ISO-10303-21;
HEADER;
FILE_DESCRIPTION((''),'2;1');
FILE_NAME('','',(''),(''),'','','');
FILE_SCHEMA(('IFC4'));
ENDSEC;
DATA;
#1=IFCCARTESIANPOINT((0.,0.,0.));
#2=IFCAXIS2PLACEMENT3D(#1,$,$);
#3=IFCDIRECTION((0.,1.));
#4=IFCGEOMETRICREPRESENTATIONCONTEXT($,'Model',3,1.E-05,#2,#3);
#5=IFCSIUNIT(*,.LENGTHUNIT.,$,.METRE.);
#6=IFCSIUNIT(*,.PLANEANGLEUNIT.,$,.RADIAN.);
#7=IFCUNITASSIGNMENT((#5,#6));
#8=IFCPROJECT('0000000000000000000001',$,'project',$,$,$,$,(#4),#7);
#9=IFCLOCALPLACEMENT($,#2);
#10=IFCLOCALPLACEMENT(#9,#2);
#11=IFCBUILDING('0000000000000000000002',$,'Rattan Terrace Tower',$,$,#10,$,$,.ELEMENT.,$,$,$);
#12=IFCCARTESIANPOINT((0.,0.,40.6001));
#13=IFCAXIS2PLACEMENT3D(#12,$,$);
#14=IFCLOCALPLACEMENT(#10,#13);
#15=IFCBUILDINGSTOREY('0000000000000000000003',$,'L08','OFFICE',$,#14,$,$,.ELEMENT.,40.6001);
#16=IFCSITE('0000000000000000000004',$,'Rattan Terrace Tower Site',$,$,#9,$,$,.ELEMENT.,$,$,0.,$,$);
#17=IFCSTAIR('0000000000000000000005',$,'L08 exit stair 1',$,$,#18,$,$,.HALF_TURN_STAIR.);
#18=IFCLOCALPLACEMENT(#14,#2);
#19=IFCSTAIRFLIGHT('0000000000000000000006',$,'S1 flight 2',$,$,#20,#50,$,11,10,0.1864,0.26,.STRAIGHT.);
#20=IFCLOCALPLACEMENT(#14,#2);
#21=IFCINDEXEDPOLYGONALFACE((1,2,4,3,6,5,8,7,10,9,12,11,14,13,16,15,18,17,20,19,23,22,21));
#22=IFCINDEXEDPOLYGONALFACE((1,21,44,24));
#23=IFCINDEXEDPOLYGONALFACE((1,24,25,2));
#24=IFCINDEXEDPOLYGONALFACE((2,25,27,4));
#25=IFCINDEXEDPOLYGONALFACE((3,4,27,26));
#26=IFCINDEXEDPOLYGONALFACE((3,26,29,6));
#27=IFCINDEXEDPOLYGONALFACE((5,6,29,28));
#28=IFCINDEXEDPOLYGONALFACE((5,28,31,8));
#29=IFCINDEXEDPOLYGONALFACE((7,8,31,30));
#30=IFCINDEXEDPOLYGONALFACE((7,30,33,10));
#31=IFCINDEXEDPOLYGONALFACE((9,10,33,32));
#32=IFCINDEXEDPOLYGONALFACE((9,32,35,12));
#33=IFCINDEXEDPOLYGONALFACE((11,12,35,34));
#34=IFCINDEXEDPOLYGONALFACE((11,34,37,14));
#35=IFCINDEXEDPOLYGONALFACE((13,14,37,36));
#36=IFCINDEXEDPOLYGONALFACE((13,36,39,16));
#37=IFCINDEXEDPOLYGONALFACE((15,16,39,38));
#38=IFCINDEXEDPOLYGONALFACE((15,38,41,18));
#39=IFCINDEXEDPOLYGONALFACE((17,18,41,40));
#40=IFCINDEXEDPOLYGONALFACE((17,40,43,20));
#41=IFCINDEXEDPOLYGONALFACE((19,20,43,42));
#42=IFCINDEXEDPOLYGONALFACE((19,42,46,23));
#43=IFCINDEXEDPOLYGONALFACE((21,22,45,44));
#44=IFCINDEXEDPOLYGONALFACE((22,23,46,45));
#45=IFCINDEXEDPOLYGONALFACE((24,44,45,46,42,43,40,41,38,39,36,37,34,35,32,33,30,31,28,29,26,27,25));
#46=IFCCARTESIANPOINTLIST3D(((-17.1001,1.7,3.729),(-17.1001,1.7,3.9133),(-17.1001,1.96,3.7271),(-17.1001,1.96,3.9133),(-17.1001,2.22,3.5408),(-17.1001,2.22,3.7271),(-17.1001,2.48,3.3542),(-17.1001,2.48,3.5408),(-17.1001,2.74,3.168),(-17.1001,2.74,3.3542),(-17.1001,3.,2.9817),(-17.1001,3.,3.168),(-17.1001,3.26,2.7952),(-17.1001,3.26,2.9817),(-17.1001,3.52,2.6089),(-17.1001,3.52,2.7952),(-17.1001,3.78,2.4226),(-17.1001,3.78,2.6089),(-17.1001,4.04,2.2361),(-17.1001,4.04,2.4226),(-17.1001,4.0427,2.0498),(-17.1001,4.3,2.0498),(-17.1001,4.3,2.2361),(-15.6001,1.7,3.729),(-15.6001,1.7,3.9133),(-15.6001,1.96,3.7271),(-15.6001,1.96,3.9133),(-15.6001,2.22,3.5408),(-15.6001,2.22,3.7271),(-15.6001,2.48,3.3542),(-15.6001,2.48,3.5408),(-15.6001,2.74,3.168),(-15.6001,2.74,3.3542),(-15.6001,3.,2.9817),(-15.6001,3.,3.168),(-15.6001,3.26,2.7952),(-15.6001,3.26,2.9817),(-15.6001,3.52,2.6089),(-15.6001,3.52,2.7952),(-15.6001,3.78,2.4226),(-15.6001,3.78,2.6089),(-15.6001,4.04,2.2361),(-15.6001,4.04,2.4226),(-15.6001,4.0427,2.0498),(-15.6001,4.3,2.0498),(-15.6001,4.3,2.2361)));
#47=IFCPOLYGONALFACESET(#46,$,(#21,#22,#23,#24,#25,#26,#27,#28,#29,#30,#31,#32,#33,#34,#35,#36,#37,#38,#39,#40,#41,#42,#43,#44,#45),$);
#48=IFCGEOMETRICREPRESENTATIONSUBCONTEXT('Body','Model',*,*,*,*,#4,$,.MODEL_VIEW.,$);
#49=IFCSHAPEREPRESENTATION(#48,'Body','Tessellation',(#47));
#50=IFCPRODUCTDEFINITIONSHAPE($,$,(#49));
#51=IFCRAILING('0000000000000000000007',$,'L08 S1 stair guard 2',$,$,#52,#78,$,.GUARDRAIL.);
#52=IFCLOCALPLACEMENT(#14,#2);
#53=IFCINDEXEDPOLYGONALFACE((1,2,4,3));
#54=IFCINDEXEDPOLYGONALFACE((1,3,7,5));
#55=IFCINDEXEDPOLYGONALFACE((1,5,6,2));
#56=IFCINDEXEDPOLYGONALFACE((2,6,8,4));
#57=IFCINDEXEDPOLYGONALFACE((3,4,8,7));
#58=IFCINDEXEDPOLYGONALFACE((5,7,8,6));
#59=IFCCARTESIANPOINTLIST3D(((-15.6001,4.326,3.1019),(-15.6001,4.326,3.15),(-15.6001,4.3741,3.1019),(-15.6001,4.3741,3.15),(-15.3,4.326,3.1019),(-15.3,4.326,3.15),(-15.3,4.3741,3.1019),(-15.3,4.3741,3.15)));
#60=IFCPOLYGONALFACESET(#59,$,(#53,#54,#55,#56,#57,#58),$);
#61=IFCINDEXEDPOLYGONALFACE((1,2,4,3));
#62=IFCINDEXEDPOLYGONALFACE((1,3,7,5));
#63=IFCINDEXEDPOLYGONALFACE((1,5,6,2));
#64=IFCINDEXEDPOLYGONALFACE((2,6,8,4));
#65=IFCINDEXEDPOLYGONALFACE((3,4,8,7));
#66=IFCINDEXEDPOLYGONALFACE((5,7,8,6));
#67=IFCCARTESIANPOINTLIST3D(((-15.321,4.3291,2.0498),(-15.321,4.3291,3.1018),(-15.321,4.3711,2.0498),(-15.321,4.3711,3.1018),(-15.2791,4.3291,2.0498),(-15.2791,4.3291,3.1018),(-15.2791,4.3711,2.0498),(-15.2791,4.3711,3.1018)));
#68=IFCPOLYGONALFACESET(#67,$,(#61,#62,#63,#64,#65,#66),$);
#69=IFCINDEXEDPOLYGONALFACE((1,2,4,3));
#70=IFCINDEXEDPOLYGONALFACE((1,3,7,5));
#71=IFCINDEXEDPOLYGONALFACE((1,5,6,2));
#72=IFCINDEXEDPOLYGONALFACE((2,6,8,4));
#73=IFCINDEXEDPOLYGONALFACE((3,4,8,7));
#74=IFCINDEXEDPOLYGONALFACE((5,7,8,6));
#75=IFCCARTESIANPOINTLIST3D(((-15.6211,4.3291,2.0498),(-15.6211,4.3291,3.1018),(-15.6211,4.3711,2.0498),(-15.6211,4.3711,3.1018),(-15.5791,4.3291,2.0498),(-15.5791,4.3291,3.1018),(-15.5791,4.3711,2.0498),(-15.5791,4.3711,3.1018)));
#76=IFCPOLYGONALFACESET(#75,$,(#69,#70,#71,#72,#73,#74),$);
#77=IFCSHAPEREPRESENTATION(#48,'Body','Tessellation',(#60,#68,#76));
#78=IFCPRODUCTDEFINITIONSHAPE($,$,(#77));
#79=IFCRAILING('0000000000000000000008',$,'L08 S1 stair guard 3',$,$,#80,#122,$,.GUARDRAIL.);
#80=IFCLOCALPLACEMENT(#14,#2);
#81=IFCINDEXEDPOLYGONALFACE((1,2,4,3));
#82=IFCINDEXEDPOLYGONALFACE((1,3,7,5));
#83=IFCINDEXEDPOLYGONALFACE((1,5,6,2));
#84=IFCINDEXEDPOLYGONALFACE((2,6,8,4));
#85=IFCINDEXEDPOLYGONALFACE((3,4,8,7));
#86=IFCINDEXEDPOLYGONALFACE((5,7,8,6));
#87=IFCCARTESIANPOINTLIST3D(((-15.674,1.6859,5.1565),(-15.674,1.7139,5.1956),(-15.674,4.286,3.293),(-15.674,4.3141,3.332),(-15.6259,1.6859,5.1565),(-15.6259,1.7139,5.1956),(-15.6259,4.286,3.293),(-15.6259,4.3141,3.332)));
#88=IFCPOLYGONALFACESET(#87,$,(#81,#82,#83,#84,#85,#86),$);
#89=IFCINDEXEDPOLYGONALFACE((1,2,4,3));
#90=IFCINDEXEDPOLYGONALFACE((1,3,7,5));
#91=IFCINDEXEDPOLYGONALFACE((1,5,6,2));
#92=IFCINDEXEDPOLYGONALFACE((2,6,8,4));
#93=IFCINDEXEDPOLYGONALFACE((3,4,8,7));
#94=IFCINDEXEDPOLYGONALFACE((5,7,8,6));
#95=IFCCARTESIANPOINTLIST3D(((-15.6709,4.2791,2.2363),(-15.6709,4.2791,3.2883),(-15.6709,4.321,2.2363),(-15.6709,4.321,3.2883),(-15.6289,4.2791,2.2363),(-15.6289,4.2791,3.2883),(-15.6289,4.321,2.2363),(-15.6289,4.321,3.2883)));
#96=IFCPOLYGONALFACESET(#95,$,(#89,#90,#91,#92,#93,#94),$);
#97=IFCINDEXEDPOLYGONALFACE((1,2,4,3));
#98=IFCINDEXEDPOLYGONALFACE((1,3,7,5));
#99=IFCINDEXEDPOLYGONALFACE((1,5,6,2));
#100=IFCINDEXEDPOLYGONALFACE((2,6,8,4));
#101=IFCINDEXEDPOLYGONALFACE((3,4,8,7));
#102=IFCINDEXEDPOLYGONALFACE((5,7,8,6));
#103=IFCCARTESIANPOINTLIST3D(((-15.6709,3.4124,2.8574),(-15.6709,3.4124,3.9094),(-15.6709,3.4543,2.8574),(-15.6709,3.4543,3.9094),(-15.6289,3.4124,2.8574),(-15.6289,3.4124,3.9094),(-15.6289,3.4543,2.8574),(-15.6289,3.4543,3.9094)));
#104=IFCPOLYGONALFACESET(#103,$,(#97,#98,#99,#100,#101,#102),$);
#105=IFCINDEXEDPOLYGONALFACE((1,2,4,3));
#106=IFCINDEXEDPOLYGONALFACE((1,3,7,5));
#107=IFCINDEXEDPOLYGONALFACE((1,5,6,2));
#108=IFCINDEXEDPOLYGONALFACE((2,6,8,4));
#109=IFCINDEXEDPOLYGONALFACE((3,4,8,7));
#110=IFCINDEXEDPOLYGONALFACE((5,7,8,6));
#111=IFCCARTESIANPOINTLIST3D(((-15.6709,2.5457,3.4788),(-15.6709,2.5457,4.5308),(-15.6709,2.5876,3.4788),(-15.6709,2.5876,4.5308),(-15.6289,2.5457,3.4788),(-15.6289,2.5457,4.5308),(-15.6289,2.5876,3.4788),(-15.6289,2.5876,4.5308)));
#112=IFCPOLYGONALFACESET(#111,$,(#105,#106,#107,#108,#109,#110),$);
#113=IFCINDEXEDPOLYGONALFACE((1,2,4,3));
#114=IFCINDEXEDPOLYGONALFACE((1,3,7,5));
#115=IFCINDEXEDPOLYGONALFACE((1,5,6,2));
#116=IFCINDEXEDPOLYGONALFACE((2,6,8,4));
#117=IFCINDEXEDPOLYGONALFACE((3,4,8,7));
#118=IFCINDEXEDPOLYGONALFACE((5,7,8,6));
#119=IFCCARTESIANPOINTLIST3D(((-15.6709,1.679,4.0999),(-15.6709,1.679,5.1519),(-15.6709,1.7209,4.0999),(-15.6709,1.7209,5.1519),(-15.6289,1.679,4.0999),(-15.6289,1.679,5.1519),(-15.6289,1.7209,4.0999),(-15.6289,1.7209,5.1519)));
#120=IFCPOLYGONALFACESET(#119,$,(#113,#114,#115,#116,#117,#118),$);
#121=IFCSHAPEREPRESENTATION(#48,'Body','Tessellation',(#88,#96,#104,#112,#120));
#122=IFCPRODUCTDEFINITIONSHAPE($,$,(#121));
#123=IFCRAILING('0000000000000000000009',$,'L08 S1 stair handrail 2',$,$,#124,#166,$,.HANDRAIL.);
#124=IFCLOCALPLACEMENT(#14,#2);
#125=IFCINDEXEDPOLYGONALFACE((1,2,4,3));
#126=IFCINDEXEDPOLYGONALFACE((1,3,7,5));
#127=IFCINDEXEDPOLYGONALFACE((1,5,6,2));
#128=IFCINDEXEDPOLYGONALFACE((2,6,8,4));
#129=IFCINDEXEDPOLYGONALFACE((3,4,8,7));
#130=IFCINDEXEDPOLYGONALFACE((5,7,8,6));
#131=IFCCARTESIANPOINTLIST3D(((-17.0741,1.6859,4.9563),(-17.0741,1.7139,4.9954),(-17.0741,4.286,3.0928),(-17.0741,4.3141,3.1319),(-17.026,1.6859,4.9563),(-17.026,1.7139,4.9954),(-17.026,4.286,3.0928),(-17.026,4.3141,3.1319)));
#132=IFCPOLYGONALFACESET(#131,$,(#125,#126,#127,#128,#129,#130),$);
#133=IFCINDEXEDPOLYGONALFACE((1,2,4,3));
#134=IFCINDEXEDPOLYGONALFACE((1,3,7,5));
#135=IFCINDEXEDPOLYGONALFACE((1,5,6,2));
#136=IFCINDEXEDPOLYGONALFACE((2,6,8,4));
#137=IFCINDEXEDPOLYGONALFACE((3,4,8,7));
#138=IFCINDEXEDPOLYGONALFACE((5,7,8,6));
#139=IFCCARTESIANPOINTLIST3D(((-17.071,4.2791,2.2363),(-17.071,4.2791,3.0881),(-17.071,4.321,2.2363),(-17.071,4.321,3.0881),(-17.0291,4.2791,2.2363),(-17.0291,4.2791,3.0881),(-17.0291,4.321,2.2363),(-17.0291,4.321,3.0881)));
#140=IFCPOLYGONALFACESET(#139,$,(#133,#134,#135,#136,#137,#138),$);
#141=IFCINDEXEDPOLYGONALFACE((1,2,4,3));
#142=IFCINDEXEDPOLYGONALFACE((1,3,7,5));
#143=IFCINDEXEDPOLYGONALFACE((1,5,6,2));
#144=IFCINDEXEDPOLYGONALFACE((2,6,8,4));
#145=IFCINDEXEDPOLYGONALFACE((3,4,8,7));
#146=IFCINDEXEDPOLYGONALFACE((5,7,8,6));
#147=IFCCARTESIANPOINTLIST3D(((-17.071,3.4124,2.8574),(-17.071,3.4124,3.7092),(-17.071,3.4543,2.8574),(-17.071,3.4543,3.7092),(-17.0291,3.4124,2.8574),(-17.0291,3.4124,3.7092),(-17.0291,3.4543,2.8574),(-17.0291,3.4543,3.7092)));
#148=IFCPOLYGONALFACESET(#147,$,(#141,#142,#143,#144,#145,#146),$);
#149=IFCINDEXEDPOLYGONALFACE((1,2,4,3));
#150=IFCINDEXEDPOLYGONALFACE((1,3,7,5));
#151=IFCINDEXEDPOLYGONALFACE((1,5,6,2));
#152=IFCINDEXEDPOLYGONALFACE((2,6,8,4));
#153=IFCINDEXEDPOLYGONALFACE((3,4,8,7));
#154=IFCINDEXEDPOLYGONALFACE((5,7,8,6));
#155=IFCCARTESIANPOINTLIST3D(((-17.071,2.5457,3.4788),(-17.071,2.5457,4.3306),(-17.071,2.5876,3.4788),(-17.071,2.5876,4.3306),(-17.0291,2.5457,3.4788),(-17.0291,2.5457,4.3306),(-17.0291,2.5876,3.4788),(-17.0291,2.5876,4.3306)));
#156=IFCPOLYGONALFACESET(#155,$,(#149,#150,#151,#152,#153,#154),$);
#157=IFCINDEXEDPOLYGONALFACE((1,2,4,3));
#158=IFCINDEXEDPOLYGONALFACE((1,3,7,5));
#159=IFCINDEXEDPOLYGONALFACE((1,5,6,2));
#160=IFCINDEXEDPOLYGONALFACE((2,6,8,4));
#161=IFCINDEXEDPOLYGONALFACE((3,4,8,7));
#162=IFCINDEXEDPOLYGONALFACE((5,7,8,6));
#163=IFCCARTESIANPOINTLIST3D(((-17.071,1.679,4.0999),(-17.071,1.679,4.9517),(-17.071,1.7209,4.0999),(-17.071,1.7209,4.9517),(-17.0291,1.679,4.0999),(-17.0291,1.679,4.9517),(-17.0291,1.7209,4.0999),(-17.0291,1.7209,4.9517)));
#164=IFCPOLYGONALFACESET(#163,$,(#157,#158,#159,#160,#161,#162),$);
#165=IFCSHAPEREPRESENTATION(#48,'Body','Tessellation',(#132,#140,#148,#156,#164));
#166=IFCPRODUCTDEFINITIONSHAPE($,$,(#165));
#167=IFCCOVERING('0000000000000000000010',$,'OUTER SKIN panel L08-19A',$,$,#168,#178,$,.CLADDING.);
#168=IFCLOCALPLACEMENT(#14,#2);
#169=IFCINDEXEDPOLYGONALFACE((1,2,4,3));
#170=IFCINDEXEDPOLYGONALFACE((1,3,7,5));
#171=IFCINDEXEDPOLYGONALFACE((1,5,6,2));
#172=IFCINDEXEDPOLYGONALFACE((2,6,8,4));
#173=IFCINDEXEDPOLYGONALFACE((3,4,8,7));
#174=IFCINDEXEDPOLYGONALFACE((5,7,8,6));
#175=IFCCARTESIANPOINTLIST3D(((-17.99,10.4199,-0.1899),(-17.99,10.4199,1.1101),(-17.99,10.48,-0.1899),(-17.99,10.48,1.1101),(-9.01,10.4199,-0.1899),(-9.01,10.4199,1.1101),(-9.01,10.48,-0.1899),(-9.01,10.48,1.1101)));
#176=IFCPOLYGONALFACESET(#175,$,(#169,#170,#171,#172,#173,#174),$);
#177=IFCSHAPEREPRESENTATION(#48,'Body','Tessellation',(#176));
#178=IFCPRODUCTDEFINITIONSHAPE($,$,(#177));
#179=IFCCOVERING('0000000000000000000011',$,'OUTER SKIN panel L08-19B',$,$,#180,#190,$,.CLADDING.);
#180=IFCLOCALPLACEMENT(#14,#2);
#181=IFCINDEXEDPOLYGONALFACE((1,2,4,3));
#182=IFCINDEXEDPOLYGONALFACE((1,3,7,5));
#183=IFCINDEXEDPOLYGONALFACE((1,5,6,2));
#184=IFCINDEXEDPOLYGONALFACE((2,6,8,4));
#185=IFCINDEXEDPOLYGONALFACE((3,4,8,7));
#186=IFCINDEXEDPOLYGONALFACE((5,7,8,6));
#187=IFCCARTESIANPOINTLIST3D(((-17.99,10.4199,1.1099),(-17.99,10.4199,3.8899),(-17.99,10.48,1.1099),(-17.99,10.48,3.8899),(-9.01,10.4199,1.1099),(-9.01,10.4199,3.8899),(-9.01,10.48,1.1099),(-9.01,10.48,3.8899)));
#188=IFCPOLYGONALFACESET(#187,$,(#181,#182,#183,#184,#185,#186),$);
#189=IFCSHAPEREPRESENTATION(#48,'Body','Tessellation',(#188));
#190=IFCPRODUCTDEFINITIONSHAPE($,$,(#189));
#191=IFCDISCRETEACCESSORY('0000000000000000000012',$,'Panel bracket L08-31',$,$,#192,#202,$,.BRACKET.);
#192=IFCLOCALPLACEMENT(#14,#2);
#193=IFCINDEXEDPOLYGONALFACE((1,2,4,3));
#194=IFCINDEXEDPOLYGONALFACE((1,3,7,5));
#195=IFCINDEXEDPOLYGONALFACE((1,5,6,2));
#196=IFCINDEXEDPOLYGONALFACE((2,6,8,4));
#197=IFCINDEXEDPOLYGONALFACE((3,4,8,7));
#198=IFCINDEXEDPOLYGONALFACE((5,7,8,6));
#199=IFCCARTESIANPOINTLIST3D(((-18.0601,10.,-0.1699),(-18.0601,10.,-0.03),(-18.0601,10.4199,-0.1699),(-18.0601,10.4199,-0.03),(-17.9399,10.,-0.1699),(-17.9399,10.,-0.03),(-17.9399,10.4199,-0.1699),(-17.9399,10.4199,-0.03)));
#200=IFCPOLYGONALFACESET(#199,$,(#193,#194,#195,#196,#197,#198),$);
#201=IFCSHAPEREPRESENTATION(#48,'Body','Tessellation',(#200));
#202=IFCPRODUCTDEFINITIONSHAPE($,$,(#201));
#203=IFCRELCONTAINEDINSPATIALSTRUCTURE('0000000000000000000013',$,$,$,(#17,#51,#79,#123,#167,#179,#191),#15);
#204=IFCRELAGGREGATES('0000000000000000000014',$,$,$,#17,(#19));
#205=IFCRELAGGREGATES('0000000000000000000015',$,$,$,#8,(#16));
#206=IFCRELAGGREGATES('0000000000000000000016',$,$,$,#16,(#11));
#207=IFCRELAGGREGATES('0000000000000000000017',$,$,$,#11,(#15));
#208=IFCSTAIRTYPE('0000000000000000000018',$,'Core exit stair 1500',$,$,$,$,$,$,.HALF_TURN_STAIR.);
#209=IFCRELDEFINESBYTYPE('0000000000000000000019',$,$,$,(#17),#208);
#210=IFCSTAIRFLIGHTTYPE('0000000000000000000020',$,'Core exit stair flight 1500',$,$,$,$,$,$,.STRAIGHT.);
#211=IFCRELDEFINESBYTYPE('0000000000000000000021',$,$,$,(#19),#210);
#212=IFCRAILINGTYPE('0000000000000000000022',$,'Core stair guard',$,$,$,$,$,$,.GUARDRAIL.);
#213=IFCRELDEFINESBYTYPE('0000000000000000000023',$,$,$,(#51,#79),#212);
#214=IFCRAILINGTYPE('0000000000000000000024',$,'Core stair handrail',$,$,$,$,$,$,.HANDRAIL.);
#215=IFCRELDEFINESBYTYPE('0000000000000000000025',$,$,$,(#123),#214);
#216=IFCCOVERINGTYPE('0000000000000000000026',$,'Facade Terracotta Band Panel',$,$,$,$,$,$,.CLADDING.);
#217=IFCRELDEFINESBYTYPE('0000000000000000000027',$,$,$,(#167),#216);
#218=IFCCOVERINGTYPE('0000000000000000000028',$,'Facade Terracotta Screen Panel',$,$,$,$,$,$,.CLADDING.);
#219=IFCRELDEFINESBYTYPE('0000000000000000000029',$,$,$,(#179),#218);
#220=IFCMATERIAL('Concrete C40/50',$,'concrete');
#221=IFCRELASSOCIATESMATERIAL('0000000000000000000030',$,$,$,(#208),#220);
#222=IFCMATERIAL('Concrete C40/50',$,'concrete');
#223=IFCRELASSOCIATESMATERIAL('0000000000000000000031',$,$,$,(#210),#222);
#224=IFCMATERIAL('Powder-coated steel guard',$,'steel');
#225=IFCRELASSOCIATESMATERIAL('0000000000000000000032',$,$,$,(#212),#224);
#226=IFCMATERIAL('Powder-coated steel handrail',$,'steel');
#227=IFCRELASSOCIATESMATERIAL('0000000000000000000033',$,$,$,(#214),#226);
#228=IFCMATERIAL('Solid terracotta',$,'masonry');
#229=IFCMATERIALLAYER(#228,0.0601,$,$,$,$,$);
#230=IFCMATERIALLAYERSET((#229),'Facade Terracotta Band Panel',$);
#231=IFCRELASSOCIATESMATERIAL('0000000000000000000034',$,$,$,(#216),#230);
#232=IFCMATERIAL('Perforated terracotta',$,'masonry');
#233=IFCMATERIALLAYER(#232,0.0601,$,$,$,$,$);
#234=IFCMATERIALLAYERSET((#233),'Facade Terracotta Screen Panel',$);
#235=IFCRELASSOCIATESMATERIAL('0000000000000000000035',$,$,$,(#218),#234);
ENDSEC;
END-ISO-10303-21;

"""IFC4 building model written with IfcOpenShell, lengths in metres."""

from ifc_helpers import new_model, si_unit, direction, frame, origin, origin_2d, place, context, subcontext, project, spatial, polyline, rectangle, outline, extrude, material, layer, layer_set, type_object, element, aggregate, save


model = new_model("IFC4")

# Units and contexts
model_context = context("Model", 3, precision=1e-05, world=origin(), true_north=direction((0.0, 1.0)))
body_context = subcontext(model_context, "Body", "Model", "MODEL_VIEW")
ifc_project = project(units=[si_unit("LENGTHUNIT", "METRE"), si_unit("PLANEANGLEUNIT", "RADIAN")], contexts=[model_context])

# Site, building, storey
site_placement = place(None, origin())
site = spatial("IfcSite", under=ifc_project, at=site_placement, Name="Rattan Terrace Tower Site", CompositionType="ELEMENT", RefElevation=0.0)
building_placement = place(site_placement, origin())
building = spatial("IfcBuilding", under=site, at=building_placement, Name="Rattan Terrace Tower", CompositionType="ELEMENT")
storey_placement = place(building_placement, frame((0.0, 0.0, 40.6001)))
storey = spatial("IfcBuildingStorey", under=building, at=storey_placement, Name="L08", Description="OFFICE", CompositionType="ELEMENT", Elevation=40.6001)

# Stair, stair flight
ifc_material_1 = material(Name="Concrete C40/50", Category="concrete")
stair_type = type_object("IfcStairType", Name="Core exit stair 1500", PredefinedType="HALF_TURN_STAIR", material=ifc_material_1)
stair_placement = place(storey_placement, origin())
stair = element("IfcStair", 1, at=stair_placement, inside=storey, type_object=stair_type, Name="L08 exit stair 1", PredefinedType="HALF_TURN_STAIR")
ifc_material_2 = material(Name="Concrete C40/50", Category="concrete")
stair_flight_type = type_object("IfcStairFlightType", Name="Core exit stair flight 1500", PredefinedType="STRAIGHT", material=ifc_material_2)
stair_flight_placement = place(storey_placement, frame((-16.3501, 4.3, 2.0498), z_axis=(0.0, 0.0, 1.0), x_axis=(0.0, -1.0, 0.0)))
stair_flight = element("IfcStairFlight", 2, at=stair_flight_placement, type_object=stair_flight_type, Name="S1 flight 2", NumberOfRisers=11, NumberOfTreads=10, PredefinedType="STRAIGHT", RiserHeight=0.1864, TreadLength=0.26, context=body_context, shape_type="SweptSolid", body=[
    extrude(outline(polyline([(0.0, 0.0), (0.0, 0.1863), (0.26, 0.1863), (0.26, 0.3728), (0.52, 0.3728), (0.52, 0.5591), (0.78, 0.5591), (0.78, 0.7454), (1.04, 0.7454), (1.04, 0.9319), (1.3, 0.9319), (1.3, 1.1182), (1.5601, 1.1182), (1.5601, 1.3044), (1.8201, 1.3044), (1.8201, 1.491), (2.0801, 1.491), (2.0801, 1.6772), (2.3401, 1.6772), (2.3401, 1.8635), (2.6001, 1.8635), (2.6001, 2.05), (2.6001, 1.6792), (0.2573, 0.0), (0.0, 0.0)])), frame((0.0, 0.75, 0.0), z_axis=(0.0, -1.0, 0.0), x_axis=(1.0, 0.0, 0.0)), (0.0, 0.0, 1.0), 1.5),
])
aggregate(stair, [stair_flight])

# Railings
ifc_material_3 = material(Name="Powder-coated steel guard", Category="steel")
railing_type_1 = type_object("IfcRailingType", Name="Core stair guard", PredefinedType="GUARDRAIL", material=ifc_material_3)
railing_1_placement = place(storey_placement, frame((-15.3, 4.3501, 2.0498)))
element("IfcRailing", 3, at=railing_1_placement, inside=storey, type_object=railing_type_1, Name="L08 S1 stair guard 2", PredefinedType="GUARDRAIL", context=body_context, shape_type="SweptSolid", body=[
    extrude(rectangle(XDim=0.0481, YDim=0.0481, at=origin_2d()), frame((0.0, 0.0, 1.0762), z_axis=(-1.0, 0.0, 0.0), x_axis=(0.0, -1.0, 0.0)), (0.0, 0.0, 1.0), 0.3),
    extrude(rectangle(XDim=0.042, YDim=0.042, at=origin_2d()), origin(), (0.0, 0.0, 1.0), 1.052),
    extrude(rectangle(XDim=0.042, YDim=0.042, at=origin_2d()), frame((-0.3, 0.0, 0.0)), (0.0, 0.0, 1.0), 1.052),
])
railing_2_placement = place(storey_placement, frame((-15.6499, 4.3, 2.2363)))
element("IfcRailing", 4, at=railing_2_placement, inside=storey, type_object=railing_type_1, Name="L08 S1 stair guard 3", PredefinedType="GUARDRAIL", context=body_context, shape_type="SweptSolid", body=[
    extrude(rectangle(XDim=0.0481, YDim=0.0481, at=origin_2d()), frame((0.0, 0.0, 1.0762), z_axis=(0.0, -0.812799, 0.582544), x_axis=(1.0, 0.0, 0.0)), (0.0, 0.0, 1.0), 3.199),
    extrude(rectangle(XDim=0.042, YDim=0.042, at=origin_2d()), origin(), (0.0, 0.0, 1.0), 1.052),
    extrude(rectangle(XDim=0.042, YDim=0.042, at=origin_2d()), frame((0.0, -0.8667, 0.6211)), (0.0, 0.0, 1.0), 1.052),
    extrude(rectangle(XDim=0.042, YDim=0.042, at=origin_2d()), frame((0.0, -1.7334, 1.2424)), (0.0, 0.0, 1.0), 1.052),
    extrude(rectangle(XDim=0.042, YDim=0.042, at=origin_2d()), frame((0.0, -2.6001, 1.8635)), (0.0, 0.0, 1.0), 1.052),
])
ifc_material_4 = material(Name="Powder-coated steel handrail", Category="steel")
railing_type_2 = type_object("IfcRailingType", Name="Core stair handrail", PredefinedType="HANDRAIL", material=ifc_material_4)
railing_3_placement = place(storey_placement, frame((-17.05, 4.3, 2.2363)))
element("IfcRailing", 5, at=railing_3_placement, inside=storey, type_object=railing_type_2, Name="L08 S1 stair handrail 2", PredefinedType="HANDRAIL", context=body_context, shape_type="SweptSolid", body=[
    extrude(rectangle(XDim=0.0481, YDim=0.0481, at=origin_2d()), frame((0.0, 0.0, 0.876), z_axis=(0.0, -0.812799, 0.582544), x_axis=(1.0, 0.0, 0.0)), (0.0, 0.0, 1.0), 3.199),
    extrude(rectangle(XDim=0.042, YDim=0.042, at=origin_2d()), origin(), (0.0, 0.0, 1.0), 0.8518),
    extrude(rectangle(XDim=0.042, YDim=0.042, at=origin_2d()), frame((0.0, -0.8667, 0.6211)), (0.0, 0.0, 1.0), 0.8518),
    extrude(rectangle(XDim=0.042, YDim=0.042, at=origin_2d()), frame((0.0, -1.7334, 1.2424)), (0.0, 0.0, 1.0), 0.8518),
    extrude(rectangle(XDim=0.042, YDim=0.042, at=origin_2d()), frame((0.0, -2.6001, 1.8635)), (0.0, 0.0, 1.0), 0.8518),
])

# Coverings
ifc_material_5 = material(Name="Solid terracotta", Category="masonry")
ifc_layer_1 = layer(ifc_material_5, 0.0601)
ifc_layer_set_1 = layer_set([ifc_layer_1], Name="Facade Terracotta Band Panel")
covering_type_1 = type_object("IfcCoveringType", Name="Facade Terracotta Band Panel", PredefinedType="CLADDING", material=ifc_layer_set_1)
covering_1_placement = place(storey_placement, frame((-13.5, 10.45, -0.1899), z_axis=(0.0, 0.0, 1.0), x_axis=(-1.0, 0.0, 0.0)))
element("IfcCovering", 6, at=covering_1_placement, inside=storey, type_object=covering_type_1, Name="OUTER SKIN panel L08-19A", PredefinedType="CLADDING", context=body_context, shape_type="SweptSolid", body=[
    extrude(rectangle(XDim=8.98, YDim=0.0601, at=origin_2d()), origin(), (0.0, 0.0, 1.0), 1.3),
])
ifc_material_6 = material(Name="Perforated terracotta", Category="masonry")
ifc_layer_2 = layer(ifc_material_6, 0.0601)
ifc_layer_set_2 = layer_set([ifc_layer_2], Name="Facade Terracotta Screen Panel")
covering_type_2 = type_object("IfcCoveringType", Name="Facade Terracotta Screen Panel", PredefinedType="CLADDING", material=ifc_layer_set_2)
covering_2_placement = place(storey_placement, frame((-13.5, 10.45, 1.1099), z_axis=(0.0, 0.0, 1.0), x_axis=(-1.0, 0.0, 0.0)))
element("IfcCovering", 7, at=covering_2_placement, inside=storey, type_object=covering_type_2, Name="OUTER SKIN panel L08-19B", PredefinedType="CLADDING", context=body_context, shape_type="SweptSolid", body=[
    extrude(rectangle(XDim=8.98, YDim=0.0601, at=origin_2d()), origin(), (0.0, 0.0, 1.0), 2.78),
])

# Discrete accessory
discrete_accessory_placement = place(storey_placement, frame((-18.0, 10.21, -0.1699), z_axis=(0.0, 0.0, 1.0), x_axis=(-1.0, 0.0, 0.0)))
element("IfcDiscreteAccessory", 8, at=discrete_accessory_placement, inside=storey, Name="Panel bracket L08-31", PredefinedType="BRACKET", context=body_context, shape_type="SweptSolid", body=[
    extrude(rectangle(XDim=0.1201, YDim=0.4199, at=origin_2d()), origin(), (0.0, 0.0, 1.0), 0.1399),
])

save(model, "model.ifc")
